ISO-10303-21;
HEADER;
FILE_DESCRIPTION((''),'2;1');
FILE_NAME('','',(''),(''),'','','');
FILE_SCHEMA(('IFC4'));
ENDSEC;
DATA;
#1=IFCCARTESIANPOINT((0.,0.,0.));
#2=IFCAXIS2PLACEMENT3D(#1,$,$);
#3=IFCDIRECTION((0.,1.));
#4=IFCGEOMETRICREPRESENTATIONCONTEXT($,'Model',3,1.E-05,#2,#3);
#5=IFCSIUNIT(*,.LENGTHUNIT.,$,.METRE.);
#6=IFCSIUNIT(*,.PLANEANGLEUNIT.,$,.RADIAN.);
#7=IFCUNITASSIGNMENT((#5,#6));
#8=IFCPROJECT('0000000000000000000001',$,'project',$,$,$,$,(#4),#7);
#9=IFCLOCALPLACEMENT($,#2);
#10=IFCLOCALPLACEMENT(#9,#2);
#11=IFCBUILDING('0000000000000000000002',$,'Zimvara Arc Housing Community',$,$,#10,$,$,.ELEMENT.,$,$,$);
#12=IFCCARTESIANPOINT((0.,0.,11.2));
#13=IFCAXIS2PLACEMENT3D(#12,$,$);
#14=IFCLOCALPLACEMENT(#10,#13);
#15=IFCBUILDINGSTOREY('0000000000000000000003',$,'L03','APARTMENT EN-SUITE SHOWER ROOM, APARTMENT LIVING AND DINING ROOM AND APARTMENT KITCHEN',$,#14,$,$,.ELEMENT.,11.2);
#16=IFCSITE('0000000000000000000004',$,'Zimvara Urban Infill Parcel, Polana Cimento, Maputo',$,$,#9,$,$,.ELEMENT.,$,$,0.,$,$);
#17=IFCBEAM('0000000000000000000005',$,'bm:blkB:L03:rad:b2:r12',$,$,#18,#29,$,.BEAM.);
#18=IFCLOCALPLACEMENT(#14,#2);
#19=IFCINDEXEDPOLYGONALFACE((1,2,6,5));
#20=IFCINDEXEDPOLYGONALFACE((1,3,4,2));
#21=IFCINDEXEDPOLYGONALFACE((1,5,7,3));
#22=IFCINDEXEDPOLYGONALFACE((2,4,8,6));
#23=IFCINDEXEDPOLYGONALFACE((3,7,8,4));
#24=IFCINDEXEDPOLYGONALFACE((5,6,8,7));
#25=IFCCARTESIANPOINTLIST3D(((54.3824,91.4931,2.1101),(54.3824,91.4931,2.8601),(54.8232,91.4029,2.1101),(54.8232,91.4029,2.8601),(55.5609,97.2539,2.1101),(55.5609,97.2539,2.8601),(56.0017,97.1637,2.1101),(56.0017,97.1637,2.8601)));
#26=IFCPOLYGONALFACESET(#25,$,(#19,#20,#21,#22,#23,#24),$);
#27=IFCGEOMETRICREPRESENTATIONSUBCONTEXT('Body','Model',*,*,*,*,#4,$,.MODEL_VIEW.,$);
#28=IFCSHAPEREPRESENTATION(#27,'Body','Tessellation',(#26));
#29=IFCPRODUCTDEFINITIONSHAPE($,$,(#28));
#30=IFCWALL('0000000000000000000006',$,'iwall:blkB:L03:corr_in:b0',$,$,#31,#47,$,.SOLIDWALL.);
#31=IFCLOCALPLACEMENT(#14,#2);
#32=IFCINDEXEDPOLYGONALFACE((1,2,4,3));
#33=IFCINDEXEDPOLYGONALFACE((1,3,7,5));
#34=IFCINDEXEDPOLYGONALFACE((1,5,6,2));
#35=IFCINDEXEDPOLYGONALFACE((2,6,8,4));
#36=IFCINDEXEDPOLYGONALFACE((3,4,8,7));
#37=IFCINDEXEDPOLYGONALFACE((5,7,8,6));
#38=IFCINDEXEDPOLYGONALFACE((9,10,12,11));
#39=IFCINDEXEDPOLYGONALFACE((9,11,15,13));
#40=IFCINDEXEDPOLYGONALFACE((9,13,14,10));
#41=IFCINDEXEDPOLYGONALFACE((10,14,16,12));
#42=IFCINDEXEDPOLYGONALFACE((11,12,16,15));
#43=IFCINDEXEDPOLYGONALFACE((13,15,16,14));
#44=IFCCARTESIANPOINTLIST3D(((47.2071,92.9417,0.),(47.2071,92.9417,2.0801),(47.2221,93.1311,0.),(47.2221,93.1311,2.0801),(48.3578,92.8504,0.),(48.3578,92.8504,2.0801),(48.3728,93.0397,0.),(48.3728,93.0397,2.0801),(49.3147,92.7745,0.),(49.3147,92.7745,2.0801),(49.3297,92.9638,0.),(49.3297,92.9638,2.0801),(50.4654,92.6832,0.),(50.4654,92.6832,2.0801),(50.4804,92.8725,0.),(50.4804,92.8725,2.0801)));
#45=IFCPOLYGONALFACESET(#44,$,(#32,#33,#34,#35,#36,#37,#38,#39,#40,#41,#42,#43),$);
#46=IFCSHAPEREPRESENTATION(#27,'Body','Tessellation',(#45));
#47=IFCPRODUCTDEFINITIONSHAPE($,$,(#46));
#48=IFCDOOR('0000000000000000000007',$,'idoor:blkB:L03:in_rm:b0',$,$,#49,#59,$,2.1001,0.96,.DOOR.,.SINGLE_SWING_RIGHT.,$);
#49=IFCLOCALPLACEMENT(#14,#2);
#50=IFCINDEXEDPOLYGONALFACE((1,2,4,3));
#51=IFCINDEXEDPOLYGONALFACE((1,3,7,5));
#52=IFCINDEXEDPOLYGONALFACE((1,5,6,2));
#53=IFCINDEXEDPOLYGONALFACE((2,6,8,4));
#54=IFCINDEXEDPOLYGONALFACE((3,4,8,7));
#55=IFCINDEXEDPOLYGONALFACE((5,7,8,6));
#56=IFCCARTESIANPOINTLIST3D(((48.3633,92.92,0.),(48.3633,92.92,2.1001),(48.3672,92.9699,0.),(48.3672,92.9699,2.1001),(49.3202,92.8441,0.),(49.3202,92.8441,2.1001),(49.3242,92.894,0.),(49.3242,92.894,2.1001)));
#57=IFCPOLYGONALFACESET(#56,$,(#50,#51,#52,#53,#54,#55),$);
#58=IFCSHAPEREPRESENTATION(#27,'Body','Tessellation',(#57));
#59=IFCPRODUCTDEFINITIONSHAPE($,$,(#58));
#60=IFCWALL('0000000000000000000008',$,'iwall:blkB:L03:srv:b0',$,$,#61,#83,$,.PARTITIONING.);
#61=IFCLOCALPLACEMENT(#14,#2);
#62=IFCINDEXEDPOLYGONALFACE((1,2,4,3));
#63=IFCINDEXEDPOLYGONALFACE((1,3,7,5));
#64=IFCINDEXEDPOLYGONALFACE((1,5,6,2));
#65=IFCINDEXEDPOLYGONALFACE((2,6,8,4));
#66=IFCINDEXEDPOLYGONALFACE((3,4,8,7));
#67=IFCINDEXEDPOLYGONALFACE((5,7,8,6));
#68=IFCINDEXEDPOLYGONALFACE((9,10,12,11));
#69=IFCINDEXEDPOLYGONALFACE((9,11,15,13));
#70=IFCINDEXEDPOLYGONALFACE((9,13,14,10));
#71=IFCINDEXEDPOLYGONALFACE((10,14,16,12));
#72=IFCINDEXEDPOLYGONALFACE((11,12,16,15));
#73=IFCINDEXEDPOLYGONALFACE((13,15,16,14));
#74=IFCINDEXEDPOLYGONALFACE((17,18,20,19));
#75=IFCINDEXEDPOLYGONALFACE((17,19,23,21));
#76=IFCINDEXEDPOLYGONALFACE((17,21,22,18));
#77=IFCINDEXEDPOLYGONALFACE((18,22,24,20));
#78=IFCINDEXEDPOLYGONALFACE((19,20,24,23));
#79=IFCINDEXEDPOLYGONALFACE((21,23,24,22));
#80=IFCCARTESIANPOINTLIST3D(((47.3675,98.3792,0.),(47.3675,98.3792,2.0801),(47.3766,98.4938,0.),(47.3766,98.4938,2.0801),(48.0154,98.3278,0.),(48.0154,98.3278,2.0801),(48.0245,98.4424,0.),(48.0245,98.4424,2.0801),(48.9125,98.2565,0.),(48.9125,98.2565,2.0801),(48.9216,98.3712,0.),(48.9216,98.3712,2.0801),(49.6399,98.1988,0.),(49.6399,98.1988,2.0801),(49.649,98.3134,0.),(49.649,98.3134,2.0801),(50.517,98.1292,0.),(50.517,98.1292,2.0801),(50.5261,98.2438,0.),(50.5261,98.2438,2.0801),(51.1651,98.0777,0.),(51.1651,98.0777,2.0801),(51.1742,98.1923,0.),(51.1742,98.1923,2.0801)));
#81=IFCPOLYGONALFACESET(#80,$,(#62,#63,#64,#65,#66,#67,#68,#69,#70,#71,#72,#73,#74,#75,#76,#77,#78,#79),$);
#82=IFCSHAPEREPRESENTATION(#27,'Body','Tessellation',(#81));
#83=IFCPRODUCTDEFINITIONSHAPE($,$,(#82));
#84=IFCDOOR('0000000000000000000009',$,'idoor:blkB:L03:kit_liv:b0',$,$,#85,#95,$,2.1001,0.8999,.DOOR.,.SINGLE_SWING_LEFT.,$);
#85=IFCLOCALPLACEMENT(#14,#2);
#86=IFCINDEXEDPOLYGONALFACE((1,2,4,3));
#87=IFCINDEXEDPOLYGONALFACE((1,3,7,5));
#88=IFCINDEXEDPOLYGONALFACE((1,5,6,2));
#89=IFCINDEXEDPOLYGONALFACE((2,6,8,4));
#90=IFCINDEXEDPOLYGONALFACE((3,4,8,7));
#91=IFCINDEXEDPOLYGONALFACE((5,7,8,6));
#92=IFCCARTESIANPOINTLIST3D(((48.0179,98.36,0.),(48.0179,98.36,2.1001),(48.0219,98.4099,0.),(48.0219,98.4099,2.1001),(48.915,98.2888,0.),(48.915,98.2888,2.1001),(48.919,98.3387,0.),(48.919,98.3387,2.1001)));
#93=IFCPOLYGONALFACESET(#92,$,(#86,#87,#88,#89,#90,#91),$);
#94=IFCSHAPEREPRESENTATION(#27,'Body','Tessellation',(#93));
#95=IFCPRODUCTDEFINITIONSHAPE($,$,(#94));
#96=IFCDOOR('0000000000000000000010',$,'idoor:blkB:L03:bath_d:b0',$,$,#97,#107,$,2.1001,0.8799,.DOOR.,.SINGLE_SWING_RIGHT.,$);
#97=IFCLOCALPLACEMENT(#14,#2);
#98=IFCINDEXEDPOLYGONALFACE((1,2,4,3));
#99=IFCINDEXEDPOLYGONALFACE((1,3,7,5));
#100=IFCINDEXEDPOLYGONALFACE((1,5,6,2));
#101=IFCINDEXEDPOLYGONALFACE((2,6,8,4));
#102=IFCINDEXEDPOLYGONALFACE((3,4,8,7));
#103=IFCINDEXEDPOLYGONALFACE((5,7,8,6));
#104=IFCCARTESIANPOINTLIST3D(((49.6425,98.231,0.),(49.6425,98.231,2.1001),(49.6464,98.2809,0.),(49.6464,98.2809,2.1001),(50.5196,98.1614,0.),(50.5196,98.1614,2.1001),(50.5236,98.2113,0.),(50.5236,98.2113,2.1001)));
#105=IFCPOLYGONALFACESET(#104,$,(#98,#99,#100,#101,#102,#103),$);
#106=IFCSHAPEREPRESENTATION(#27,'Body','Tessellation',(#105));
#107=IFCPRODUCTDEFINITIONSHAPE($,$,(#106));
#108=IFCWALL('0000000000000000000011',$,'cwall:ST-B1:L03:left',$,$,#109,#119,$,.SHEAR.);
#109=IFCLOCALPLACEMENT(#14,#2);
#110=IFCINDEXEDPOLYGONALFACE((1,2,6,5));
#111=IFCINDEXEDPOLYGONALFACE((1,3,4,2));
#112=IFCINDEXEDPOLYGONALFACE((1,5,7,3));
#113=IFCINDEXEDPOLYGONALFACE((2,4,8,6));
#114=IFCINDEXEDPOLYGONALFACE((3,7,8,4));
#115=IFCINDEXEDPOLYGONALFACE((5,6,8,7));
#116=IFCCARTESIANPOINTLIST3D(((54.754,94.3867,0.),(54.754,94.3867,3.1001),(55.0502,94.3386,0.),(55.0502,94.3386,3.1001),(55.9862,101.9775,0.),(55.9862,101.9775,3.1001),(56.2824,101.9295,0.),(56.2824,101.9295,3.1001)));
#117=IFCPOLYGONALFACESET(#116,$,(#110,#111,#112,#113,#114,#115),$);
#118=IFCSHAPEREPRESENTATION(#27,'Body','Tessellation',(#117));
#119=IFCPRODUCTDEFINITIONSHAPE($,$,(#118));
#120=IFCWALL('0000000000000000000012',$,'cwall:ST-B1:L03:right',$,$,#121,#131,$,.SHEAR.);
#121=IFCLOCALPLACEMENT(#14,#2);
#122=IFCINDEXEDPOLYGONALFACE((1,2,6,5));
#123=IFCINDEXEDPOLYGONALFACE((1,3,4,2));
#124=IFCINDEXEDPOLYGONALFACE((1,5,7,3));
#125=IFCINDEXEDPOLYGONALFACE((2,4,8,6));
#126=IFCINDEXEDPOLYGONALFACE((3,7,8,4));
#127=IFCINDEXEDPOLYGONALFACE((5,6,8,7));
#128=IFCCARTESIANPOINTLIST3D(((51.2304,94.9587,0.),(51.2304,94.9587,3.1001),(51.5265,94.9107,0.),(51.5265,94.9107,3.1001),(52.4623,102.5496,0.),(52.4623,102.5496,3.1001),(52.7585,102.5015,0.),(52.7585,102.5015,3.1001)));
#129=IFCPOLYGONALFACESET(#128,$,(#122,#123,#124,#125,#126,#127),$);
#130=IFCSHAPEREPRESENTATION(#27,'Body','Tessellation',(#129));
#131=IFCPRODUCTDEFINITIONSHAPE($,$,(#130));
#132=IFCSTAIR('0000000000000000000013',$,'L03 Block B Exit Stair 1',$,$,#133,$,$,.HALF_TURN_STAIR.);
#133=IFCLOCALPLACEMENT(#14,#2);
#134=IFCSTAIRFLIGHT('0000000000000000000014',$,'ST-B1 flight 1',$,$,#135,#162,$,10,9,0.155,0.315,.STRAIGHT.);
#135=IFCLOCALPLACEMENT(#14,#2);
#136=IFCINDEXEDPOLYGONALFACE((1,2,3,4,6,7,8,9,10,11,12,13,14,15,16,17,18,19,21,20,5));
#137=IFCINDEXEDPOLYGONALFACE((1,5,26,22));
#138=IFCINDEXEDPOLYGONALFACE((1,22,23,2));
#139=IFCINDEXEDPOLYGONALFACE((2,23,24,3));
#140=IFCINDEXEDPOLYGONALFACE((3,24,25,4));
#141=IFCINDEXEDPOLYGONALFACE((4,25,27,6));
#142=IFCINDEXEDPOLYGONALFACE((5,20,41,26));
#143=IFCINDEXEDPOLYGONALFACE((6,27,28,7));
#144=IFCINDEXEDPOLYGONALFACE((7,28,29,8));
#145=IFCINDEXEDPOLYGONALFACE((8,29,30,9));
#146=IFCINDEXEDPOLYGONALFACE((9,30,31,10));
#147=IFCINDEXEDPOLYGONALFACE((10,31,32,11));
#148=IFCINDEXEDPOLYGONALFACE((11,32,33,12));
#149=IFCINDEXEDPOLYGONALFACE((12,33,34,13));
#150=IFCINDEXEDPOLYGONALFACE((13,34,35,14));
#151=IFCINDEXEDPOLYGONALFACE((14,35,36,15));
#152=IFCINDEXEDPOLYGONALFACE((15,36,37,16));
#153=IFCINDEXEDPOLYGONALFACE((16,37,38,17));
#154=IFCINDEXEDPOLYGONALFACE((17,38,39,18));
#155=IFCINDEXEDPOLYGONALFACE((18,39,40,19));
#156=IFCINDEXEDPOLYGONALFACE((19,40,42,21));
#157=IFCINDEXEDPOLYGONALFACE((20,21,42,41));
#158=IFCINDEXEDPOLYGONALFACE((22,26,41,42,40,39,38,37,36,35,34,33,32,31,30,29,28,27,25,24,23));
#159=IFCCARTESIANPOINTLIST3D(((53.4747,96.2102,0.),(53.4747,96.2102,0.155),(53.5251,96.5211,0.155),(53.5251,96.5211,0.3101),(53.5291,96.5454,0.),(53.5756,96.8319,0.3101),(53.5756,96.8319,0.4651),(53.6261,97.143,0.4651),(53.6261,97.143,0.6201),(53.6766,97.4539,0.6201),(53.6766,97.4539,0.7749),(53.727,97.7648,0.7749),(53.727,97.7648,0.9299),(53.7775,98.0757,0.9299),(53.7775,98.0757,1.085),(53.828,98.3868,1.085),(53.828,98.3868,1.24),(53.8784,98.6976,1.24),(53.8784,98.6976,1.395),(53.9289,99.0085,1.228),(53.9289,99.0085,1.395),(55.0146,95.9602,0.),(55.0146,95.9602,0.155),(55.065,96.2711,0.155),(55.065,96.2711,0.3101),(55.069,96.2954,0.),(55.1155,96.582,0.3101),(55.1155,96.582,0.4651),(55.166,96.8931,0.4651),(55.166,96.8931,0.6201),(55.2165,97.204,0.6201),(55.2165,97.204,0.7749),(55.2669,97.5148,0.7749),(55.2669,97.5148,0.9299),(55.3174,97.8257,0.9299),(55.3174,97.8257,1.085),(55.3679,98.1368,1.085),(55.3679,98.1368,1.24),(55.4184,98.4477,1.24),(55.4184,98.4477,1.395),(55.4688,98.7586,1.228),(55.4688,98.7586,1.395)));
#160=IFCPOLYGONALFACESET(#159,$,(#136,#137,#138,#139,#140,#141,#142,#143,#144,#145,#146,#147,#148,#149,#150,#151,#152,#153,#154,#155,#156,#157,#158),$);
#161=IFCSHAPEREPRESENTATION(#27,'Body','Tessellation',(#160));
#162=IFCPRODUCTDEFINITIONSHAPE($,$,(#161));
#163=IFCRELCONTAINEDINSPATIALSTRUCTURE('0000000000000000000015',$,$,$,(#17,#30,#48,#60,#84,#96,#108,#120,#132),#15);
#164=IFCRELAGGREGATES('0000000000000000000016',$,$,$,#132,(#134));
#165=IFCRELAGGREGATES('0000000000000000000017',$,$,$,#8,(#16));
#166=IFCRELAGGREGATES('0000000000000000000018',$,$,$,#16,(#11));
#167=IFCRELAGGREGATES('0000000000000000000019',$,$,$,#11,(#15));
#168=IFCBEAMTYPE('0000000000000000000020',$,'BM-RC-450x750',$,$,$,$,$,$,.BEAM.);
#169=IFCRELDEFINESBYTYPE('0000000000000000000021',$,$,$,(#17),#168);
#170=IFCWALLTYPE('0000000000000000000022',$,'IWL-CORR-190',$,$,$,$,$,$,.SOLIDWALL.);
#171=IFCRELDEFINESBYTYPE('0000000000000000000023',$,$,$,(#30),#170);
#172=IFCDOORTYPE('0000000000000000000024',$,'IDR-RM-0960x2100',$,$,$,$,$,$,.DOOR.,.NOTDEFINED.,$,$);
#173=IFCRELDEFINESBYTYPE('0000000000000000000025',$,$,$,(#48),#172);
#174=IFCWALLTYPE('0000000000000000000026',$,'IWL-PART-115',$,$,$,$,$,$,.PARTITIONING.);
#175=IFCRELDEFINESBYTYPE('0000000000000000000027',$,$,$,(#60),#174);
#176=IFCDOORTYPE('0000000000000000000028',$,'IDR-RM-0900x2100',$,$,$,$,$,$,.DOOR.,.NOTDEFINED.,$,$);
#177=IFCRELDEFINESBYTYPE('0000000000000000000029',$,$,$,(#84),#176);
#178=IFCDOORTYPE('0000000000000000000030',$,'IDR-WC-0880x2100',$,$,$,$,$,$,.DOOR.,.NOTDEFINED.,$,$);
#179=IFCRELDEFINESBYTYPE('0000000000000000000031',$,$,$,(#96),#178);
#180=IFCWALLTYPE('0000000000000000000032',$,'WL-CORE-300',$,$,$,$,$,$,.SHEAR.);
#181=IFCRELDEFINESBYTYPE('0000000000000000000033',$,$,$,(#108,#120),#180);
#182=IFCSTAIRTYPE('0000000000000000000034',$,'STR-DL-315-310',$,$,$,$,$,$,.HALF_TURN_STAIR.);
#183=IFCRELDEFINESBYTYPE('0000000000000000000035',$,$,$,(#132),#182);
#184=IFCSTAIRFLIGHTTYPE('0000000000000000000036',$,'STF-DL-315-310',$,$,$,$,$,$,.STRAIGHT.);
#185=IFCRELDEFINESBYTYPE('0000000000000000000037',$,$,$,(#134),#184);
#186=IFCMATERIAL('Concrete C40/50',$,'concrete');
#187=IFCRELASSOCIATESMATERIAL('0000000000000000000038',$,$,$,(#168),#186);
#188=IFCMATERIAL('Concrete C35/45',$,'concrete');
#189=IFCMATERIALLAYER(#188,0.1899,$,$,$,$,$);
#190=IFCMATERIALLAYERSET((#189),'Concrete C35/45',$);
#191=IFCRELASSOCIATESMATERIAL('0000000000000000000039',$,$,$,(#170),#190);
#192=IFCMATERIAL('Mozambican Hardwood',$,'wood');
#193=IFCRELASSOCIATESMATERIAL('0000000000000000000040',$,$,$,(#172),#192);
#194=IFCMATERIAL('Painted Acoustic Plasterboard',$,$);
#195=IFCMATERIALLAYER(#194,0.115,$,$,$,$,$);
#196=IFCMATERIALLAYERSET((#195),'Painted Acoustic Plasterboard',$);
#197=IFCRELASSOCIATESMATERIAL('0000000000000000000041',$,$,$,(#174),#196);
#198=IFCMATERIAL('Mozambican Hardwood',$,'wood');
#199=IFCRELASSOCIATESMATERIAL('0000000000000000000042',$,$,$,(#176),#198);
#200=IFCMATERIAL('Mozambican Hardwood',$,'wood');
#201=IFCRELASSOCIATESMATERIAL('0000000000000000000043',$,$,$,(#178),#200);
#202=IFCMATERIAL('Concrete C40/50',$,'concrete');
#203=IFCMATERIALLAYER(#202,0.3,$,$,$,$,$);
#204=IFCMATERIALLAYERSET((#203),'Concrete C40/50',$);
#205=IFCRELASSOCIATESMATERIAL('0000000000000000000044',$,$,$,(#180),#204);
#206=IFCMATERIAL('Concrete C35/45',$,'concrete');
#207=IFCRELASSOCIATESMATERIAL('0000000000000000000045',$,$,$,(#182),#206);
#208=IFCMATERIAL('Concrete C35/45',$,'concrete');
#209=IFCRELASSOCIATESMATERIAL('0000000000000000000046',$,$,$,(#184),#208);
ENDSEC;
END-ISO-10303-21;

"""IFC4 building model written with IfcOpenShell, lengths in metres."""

from ifc_helpers import new_model, si_unit, direction, frame, frame_2d, origin, origin_2d, place, context, subcontext, project, spatial, polyline, rectangle, outline, extrude, material, layer, layer_set, material_profile, profile_set, type_object, element, fill, aggregate, save


model = new_model("IFC4")

# Units and contexts
model_context = context("Model", 3, precision=1e-05, world=origin(), true_north=direction((0.0, 1.0)))
body_context = subcontext(model_context, "Body", "Model", "MODEL_VIEW")
ifc_project = project(units=[si_unit("LENGTHUNIT", "METRE"), si_unit("PLANEANGLEUNIT", "RADIAN")], contexts=[model_context])

# Site, building, storey
site_placement = place(None, origin())
site = spatial("IfcSite", under=ifc_project, at=site_placement, Name="Zimvara Urban Infill Parcel, Polana Cimento, Maputo", CompositionType="ELEMENT", RefElevation=0.0)
building_placement = place(site_placement, origin())
building = spatial("IfcBuilding", under=site, at=building_placement, Name="Zimvara Arc Housing Community", CompositionType="ELEMENT")
storey_placement = place(building_placement, frame((0.0, 0.0, 11.2)))
storey = spatial("IfcBuildingStorey", under=building, at=storey_placement, Name="L03", Description="APARTMENT EN-SUITE SHOWER ROOM, APARTMENT LIVING AND DINING ROOM AND APARTMENT KITCHEN", CompositionType="ELEMENT", Elevation=11.2)

# Beam
ifc_material_1 = material(Name="Concrete C40/50", Category="concrete")
ifc_material_profile_1 = material_profile(ifc_material_1, rectangle(XDim=0.45, YDim=0.75, at=origin_2d()), Name="RC 450x750")
ifc_profile_set_1 = profile_set([ifc_material_profile_1], Name="Concrete C40/50")
beam_type_1 = type_object("IfcBeamType", Name="BM-RC-450x750", PredefinedType="BEAM", material=ifc_profile_set_1)
beam_1_placement = place(storey_placement, frame((54.6028, 91.448, 2.4851), z_axis=(0.200418, 0.97971, 0.0), x_axis=(-0.97971, 0.200418, 0.0)))
element("IfcBeam", 1, at=beam_1_placement, inside=storey, type_object=beam_type_1, Name="bm:blkB:L03:rad:b2:r12", PredefinedType="BEAM", context=body_context, shape_type="SweptSolid", body=[
    extrude(rectangle(XDim=0.45, YDim=0.75, at=origin_2d()), origin(), (0.0, 0.0, 1.0), 5.8801),
])

# Wall, opening, door
ifc_material_2 = material(Name="Concrete C35/45", Category="concrete")
ifc_layer_1 = layer(ifc_material_2, 0.1899)
ifc_layer_set_1 = layer_set([ifc_layer_1], Name="Concrete C35/45")
wall_type_1 = type_object("IfcWallType", Name="IWL-CORR-190", PredefinedType="SOLIDWALL", material=ifc_layer_set_1)
wall_1_placement = place(storey_placement, frame((47.2146, 93.0364, 0.0), z_axis=(0.0, 0.0, 1.0), x_axis=(0.996867, -0.079101, 0.0)))
wall_1 = element("IfcWall", 2, at=wall_1_placement, inside=storey, type_object=wall_type_1, Name="iwall:blkB:L03:corr_in:b0", PredefinedType="SOLIDWALL", context=body_context, shape_type="SweptSolid", body=[
    extrude(rectangle(XDim=3.2686, YDim=0.1899, at=frame_2d((1.6343, 0.0))), origin(), (0.0, 0.0, 1.0), 2.0801),
])
opening_1_placement = place(wall_1_placement, frame((1.1543, 0.0, 0.0)))
opening_1 = element("IfcOpeningElement", 3, at=opening_1_placement, cuts=wall_1, PredefinedType="OPENING", context=body_context, shape_type="SweptSolid", body=[
    extrude(rectangle(XDim=0.96, YDim=2.1001, at=frame_2d((0.48, 1.05))), frame((0.0, 0.105, 0.0), z_axis=(0.0, -1.0, 0.0), x_axis=(1.0, 0.0, 0.0)), (0.0, 0.0, 1.0), 0.21),
])
ifc_material_3 = material(Name="Mozambican Hardwood", Category="wood")
door_type_1 = type_object("IfcDoorType", Name="IDR-RM-0960x2100", OperationType="NOTDEFINED", PredefinedType="DOOR", material=ifc_material_3)
door_1_placement = place(opening_1_placement, origin())
door_1 = element("IfcDoor", 4, at=door_1_placement, inside=storey, type_object=door_type_1, Name="idoor:blkB:L03:in_rm:b0", OperationType="SINGLE_SWING_RIGHT", OverallHeight=2.1001, OverallWidth=0.96, PredefinedType="DOOR", context=body_context, shape_type="SweptSolid", body=[
    extrude(rectangle(XDim=0.96, YDim=2.1001, at=frame_2d((0.48, 1.05))), frame((0.0, 0.0249, 0.0), z_axis=(0.0, -1.0, 0.0), x_axis=(1.0, 0.0, 0.0)), (0.0, 0.0, 1.0), 0.05),
])
fill(opening_1, door_1)

# Wall, openings, doors
ifc_material_4 = material(Name="Painted Acoustic Plasterboard")
ifc_layer_2 = layer(ifc_material_4, 0.115)
ifc_layer_set_2 = layer_set([ifc_layer_2], Name="Painted Acoustic Plasterboard")
wall_type_2 = type_object("IfcWallType", Name="IWL-PART-115", PredefinedType="PARTITIONING", material=ifc_layer_set_2)
wall_2_placement = place(storey_placement, frame((47.3721, 98.4365, 0.0), z_axis=(0.0, 0.0, 1.0), x_axis=(0.996863, -0.079147, 0.0)))
wall_2 = element("IfcWall", 5, at=wall_2_placement, inside=storey, type_object=wall_type_2, Name="iwall:blkB:L03:srv:b0", PredefinedType="PARTITIONING", context=body_context, shape_type="SweptSolid", body=[
    extrude(rectangle(XDim=3.8096, YDim=0.115, at=frame_2d((1.9048, 0.0))), origin(), (0.0, 0.0, 1.0), 2.0801),
])
opening_2_placement = place(wall_2_placement, frame((0.6499, 0.0, 0.0)))
opening_2 = element("IfcOpeningElement", 6, at=opening_2_placement, cuts=wall_2, PredefinedType="OPENING", context=body_context, shape_type="SweptSolid", body=[
    extrude(rectangle(XDim=0.8999, YDim=2.1001, at=frame_2d((0.45, 1.05))), frame((0.0, 0.0674, 0.0), z_axis=(0.0, -1.0, 0.0), x_axis=(1.0, 0.0, 0.0)), (0.0, 0.0, 1.0), 0.135),
])
opening_3_placement = place(wall_2_placement, frame((2.2795, 0.0, 0.0)))
opening_3 = element("IfcOpeningElement", 7, at=opening_3_placement, cuts=wall_2, PredefinedType="OPENING", context=body_context, shape_type="SweptSolid", body=[
    extrude(rectangle(XDim=0.8799, YDim=2.1001, at=frame_2d((0.4399, 1.05))), frame((0.0, 0.0674, 0.0), z_axis=(0.0, -1.0, 0.0), x_axis=(1.0, 0.0, 0.0)), (0.0, 0.0, 1.0), 0.135),
])
ifc_material_5 = material(Name="Mozambican Hardwood", Category="wood")
door_type_2 = type_object("IfcDoorType", Name="IDR-RM-0900x2100", OperationType="NOTDEFINED", PredefinedType="DOOR", material=ifc_material_5)
door_2_placement = place(opening_2_placement, origin())
door_2 = element("IfcDoor", 8, at=door_2_placement, inside=storey, type_object=door_type_2, Name="idoor:blkB:L03:kit_liv:b0", OperationType="SINGLE_SWING_LEFT", OverallHeight=2.1001, OverallWidth=0.8999, PredefinedType="DOOR", context=body_context, shape_type="SweptSolid", body=[
    extrude(rectangle(XDim=0.8999, YDim=2.1001, at=frame_2d((0.45, 1.05))), frame((0.0, 0.0249, 0.0), z_axis=(0.0, -1.0, 0.0), x_axis=(1.0, 0.0, 0.0)), (0.0, 0.0, 1.0), 0.05),
])
fill(opening_2, door_2)
ifc_material_6 = material(Name="Mozambican Hardwood", Category="wood")
door_type_3 = type_object("IfcDoorType", Name="IDR-WC-0880x2100", OperationType="NOTDEFINED", PredefinedType="DOOR", material=ifc_material_6)
door_3_placement = place(opening_3_placement, origin())
door_3 = element("IfcDoor", 9, at=door_3_placement, inside=storey, type_object=door_type_3, Name="idoor:blkB:L03:bath_d:b0", OperationType="SINGLE_SWING_RIGHT", OverallHeight=2.1001, OverallWidth=0.8799, PredefinedType="DOOR", context=body_context, shape_type="SweptSolid", body=[
    extrude(rectangle(XDim=0.8799, YDim=2.1001, at=frame_2d((0.4399, 1.05))), frame((0.0, 0.0249, 0.0), z_axis=(0.0, -1.0, 0.0), x_axis=(1.0, 0.0, 0.0)), (0.0, 0.0, 1.0), 0.05),
])
fill(opening_3, door_3)

# Shared definitions
ifc_material_7 = material(Name="Concrete C40/50", Category="concrete")
ifc_layer_3 = layer(ifc_material_7, 0.3)
ifc_layer_set_3 = layer_set([ifc_layer_3], Name="Concrete C40/50")
wall_type_3 = type_object("IfcWallType", Name="WL-CORE-300", PredefinedType="SHEAR", material=ifc_layer_set_3)

# Walls
for number, where, z_axis, x_axis, name in (
    (10, (54.9021, 94.3625, 0.0), (0.0, 0.0, 1.0), (0.160227, 0.98708, 0.0), "cwall:ST-B1:L03:left"),
    (11, (51.3784, 94.9346, 0.0), (0.0, 0.0, 1.0), (0.160197, 0.987085, 0.0), "cwall:ST-B1:L03:right"),
):
    element("IfcWall", number, at=place(storey_placement, frame(where, z_axis=z_axis, x_axis=x_axis)), inside=storey, type_object=wall_type_3, Name=name, PredefinedType="SHEAR", context=body_context, shape_type="SweptSolid", body=[
        extrude(rectangle(XDim=7.6902, YDim=0.3, at=frame_2d((3.8452, 0.0))), origin(), (0.0, 0.0, 1.0), 3.1001),
    ])

# Stair, stair flight
ifc_material_8 = material(Name="Concrete C35/45", Category="concrete")
stair_type = type_object("IfcStairType", Name="STR-DL-315-310", PredefinedType="HALF_TURN_STAIR", material=ifc_material_8)
stair_placement = place(storey_placement, origin())
stair = element("IfcStair", 12, at=stair_placement, inside=storey, type_object=stair_type, Name="L03 Block B Exit Stair 1", PredefinedType="HALF_TURN_STAIR")
ifc_material_9 = material(Name="Concrete C35/45", Category="concrete")
stair_flight_type = type_object("IfcStairFlightType", Name="STF-DL-315-310", PredefinedType="STRAIGHT", material=ifc_material_9)
stair_flight_placement = place(storey_placement, frame((54.2446, 96.0852, 0.0), z_axis=(0.0, 0.0, 1.0), x_axis=(0.160226, 0.98708, 0.0)))
stair_flight = element("IfcStairFlight", 13, at=stair_flight_placement, type_object=stair_flight_type, Name="ST-B1 flight 1", NumberOfRisers=10, NumberOfTreads=9, PredefinedType="STRAIGHT", RiserHeight=0.155, TreadLength=0.315, context=body_context, shape_type="SweptSolid", body=[
    extrude(outline(polyline([(0.0, 0.0), (0.0, 0.155), (0.3149, 0.155), (0.3149, 0.3101), (0.6299, 0.3101), (0.6299, 0.4651), (0.9451, 0.4651), (0.9451, 0.6201), (1.26, 0.6201), (1.26, 0.7749), (1.575, 0.7749), (1.575, 0.9299), (1.8899, 0.9299), (1.8899, 1.085), (2.2051, 1.085), (2.2051, 1.24), (2.52, 1.24), (2.52, 1.395), (2.835, 1.395), (2.835, 1.55), (2.835, 1.228), (0.3396, 0.0), (0.0, 0.0)])), frame((0.0, 0.78, 0.0), z_axis=(0.0, -1.0, 0.0), x_axis=(1.0, 0.0, 0.0)), (0.0, 0.0, 1.0), 1.5601),
])
aggregate(stair, [stair_flight])

save(model, "model.ifc")
